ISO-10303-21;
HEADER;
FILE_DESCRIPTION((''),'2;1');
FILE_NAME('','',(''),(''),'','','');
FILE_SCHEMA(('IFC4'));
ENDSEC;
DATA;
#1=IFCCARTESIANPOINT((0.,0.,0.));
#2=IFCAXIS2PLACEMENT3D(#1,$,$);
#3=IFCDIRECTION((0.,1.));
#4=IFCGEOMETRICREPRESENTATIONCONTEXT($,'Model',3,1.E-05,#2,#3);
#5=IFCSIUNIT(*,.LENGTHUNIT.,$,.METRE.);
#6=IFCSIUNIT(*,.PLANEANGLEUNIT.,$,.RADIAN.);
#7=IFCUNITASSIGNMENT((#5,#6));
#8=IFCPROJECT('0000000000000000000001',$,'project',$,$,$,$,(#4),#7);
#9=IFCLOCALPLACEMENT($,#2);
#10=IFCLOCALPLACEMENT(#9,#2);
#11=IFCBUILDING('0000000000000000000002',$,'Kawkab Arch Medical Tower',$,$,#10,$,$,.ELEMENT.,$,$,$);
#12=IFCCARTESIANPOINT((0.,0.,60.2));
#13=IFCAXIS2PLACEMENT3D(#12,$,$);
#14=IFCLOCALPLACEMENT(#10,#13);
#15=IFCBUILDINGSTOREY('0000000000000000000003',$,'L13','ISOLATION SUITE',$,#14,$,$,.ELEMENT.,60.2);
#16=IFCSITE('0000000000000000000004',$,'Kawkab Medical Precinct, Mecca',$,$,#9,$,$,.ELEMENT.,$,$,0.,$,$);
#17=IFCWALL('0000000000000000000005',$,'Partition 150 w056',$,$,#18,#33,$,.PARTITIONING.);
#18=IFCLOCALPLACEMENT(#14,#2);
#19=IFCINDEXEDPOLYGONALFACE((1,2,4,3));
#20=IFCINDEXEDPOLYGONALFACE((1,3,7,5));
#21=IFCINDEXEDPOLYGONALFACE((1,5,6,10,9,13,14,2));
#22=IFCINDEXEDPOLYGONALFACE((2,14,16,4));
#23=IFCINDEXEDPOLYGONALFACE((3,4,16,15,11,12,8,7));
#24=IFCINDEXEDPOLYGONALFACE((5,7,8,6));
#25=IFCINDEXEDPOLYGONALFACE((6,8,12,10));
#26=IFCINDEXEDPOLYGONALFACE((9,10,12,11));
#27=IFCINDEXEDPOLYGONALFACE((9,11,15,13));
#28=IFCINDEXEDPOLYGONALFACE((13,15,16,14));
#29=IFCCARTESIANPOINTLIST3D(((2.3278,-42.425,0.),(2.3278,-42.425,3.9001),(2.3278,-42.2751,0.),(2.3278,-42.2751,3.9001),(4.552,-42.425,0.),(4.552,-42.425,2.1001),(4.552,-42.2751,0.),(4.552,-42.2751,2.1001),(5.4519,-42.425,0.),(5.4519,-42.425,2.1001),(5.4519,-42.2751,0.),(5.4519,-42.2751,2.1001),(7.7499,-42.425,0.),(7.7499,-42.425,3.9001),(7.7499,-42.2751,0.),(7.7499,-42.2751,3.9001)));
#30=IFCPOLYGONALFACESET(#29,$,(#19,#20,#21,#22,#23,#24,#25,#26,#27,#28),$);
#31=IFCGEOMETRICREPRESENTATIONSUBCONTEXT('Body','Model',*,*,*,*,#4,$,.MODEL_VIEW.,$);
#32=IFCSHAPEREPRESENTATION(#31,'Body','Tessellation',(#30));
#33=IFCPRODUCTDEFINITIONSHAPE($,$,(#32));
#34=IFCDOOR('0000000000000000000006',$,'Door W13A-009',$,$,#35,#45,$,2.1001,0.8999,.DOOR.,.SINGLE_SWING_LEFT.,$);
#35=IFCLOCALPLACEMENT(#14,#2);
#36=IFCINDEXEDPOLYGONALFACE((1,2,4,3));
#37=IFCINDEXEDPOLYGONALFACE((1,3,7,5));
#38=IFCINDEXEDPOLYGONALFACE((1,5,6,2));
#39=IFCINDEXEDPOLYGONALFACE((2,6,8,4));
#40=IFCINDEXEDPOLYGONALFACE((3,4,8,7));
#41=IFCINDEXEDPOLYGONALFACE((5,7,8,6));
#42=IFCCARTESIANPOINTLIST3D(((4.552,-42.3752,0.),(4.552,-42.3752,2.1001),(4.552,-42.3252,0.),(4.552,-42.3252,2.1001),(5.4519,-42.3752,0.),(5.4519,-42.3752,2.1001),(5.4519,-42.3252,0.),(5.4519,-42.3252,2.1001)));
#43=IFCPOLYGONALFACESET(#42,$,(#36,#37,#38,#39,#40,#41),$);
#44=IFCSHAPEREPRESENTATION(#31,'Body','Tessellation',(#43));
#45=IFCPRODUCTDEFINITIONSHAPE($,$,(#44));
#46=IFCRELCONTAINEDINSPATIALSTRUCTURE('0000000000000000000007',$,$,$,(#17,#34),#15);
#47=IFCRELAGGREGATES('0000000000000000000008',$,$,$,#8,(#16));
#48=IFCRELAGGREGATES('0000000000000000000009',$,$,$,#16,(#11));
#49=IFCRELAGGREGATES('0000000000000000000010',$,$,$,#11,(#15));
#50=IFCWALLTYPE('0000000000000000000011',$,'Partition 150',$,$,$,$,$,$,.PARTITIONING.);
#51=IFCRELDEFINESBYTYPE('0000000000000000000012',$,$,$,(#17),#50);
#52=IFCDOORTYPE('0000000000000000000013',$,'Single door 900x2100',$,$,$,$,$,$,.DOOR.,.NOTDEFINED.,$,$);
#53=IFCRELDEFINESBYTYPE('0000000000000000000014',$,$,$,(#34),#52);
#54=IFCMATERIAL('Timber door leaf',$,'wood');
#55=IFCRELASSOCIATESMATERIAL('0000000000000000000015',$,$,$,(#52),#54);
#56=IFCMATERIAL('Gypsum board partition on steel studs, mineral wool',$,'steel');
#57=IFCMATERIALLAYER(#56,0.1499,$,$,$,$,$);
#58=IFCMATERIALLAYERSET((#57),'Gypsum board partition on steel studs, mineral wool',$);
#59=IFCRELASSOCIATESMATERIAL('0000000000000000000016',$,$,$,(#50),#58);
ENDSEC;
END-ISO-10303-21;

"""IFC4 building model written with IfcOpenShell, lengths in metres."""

from ifc_helpers import new_model, si_unit, direction, frame, frame_2d, origin, place, context, subcontext, project, spatial, rectangle, extrude, material, layer, layer_set, type_object, element, fill, save


model = new_model("IFC4")

# Units and contexts
model_context = context("Model", 3, precision=1e-05, world=origin(), true_north=direction((0.0, 1.0)))
body_context = subcontext(model_context, "Body", "Model", "MODEL_VIEW")
ifc_project = project(units=[si_unit("LENGTHUNIT", "METRE"), si_unit("PLANEANGLEUNIT", "RADIAN")], contexts=[model_context])

# Site, building, storey
site_placement = place(None, origin())
site = spatial("IfcSite", under=ifc_project, at=site_placement, Name="Kawkab Medical Precinct, Mecca", CompositionType="ELEMENT", RefElevation=0.0)
building_placement = place(site_placement, origin())
building = spatial("IfcBuilding", under=site, at=building_placement, Name="Kawkab Arch Medical Tower", CompositionType="ELEMENT")
storey_placement = place(building_placement, frame((0.0, 0.0, 60.2)))
storey = spatial("IfcBuildingStorey", under=building, at=storey_placement, Name="L13", Description="ISOLATION SUITE", CompositionType="ELEMENT", Elevation=60.2)

# Shared definitions
ifc_material_1 = material(Name="Timber door leaf", Category="wood")
door_type_1 = type_object("IfcDoorType", Name="Single door 900x2100", OperationType="NOTDEFINED", PredefinedType="DOOR", material=ifc_material_1)

# Shared definitions
ifc_material_2 = material(Name="Gypsum board partition on steel studs, mineral wool", Category="steel")
ifc_layer_1 = layer(ifc_material_2, 0.1499)
ifc_layer_set_1 = layer_set([ifc_layer_1], Name="Gypsum board partition on steel studs, mineral wool")
wall_type_1 = type_object("IfcWallType", Name="Partition 150", PredefinedType="PARTITIONING", material=ifc_layer_set_1)

# Wall, opening, door
wall_1_placement = place(storey_placement, frame((2.3279, -42.3501, 0.0), z_axis=(0.0, 0.0, 1.0), x_axis=(1.0, 0.0, 0.0)))
wall_1 = element("IfcWall", 1, at=wall_1_placement, inside=storey, type_object=wall_type_1, Name="Partition 150 w056", PredefinedType="PARTITIONING", context=body_context, shape_type="SweptSolid", body=[
    extrude(rectangle(XDim=5.4221, YDim=0.1499, at=frame_2d((2.7109, 0.0))), origin(), (0.0, 0.0, 1.0), 3.9001),
])
opening_1_placement = place(wall_1_placement, frame((2.2241, 0.0, 0.0)))
opening_1 = element("IfcOpeningElement", 2, at=opening_1_placement, cuts=wall_1, PredefinedType="OPENING", context=body_context, shape_type="SweptSolid", body=[
    extrude(rectangle(XDim=0.8999, YDim=2.1001, at=frame_2d((0.45, 1.05))), frame((0.0, 0.085, 0.0), z_axis=(0.0, -1.0, 0.0), x_axis=(1.0, 0.0, 0.0)), (0.0, 0.0, 1.0), 0.1699),
])
door_1_placement = place(opening_1_placement, origin())
door_1 = element("IfcDoor", 3, at=door_1_placement, inside=storey, type_object=door_type_1, Name="Door W13A-009", OperationType="SINGLE_SWING_LEFT", OverallHeight=2.1001, OverallWidth=0.8999, PredefinedType="DOOR", context=body_context, shape_type="SweptSolid", body=[
    extrude(rectangle(XDim=0.8999, YDim=2.1001, at=frame_2d((0.45, 1.05))), frame((0.0, 0.0249, 0.0), z_axis=(0.0, -1.0, 0.0), x_axis=(1.0, 0.0, 0.0)), (0.0, 0.0, 1.0), 0.05),
])
fill(opening_1, door_1)

save(model, "model.ifc")
